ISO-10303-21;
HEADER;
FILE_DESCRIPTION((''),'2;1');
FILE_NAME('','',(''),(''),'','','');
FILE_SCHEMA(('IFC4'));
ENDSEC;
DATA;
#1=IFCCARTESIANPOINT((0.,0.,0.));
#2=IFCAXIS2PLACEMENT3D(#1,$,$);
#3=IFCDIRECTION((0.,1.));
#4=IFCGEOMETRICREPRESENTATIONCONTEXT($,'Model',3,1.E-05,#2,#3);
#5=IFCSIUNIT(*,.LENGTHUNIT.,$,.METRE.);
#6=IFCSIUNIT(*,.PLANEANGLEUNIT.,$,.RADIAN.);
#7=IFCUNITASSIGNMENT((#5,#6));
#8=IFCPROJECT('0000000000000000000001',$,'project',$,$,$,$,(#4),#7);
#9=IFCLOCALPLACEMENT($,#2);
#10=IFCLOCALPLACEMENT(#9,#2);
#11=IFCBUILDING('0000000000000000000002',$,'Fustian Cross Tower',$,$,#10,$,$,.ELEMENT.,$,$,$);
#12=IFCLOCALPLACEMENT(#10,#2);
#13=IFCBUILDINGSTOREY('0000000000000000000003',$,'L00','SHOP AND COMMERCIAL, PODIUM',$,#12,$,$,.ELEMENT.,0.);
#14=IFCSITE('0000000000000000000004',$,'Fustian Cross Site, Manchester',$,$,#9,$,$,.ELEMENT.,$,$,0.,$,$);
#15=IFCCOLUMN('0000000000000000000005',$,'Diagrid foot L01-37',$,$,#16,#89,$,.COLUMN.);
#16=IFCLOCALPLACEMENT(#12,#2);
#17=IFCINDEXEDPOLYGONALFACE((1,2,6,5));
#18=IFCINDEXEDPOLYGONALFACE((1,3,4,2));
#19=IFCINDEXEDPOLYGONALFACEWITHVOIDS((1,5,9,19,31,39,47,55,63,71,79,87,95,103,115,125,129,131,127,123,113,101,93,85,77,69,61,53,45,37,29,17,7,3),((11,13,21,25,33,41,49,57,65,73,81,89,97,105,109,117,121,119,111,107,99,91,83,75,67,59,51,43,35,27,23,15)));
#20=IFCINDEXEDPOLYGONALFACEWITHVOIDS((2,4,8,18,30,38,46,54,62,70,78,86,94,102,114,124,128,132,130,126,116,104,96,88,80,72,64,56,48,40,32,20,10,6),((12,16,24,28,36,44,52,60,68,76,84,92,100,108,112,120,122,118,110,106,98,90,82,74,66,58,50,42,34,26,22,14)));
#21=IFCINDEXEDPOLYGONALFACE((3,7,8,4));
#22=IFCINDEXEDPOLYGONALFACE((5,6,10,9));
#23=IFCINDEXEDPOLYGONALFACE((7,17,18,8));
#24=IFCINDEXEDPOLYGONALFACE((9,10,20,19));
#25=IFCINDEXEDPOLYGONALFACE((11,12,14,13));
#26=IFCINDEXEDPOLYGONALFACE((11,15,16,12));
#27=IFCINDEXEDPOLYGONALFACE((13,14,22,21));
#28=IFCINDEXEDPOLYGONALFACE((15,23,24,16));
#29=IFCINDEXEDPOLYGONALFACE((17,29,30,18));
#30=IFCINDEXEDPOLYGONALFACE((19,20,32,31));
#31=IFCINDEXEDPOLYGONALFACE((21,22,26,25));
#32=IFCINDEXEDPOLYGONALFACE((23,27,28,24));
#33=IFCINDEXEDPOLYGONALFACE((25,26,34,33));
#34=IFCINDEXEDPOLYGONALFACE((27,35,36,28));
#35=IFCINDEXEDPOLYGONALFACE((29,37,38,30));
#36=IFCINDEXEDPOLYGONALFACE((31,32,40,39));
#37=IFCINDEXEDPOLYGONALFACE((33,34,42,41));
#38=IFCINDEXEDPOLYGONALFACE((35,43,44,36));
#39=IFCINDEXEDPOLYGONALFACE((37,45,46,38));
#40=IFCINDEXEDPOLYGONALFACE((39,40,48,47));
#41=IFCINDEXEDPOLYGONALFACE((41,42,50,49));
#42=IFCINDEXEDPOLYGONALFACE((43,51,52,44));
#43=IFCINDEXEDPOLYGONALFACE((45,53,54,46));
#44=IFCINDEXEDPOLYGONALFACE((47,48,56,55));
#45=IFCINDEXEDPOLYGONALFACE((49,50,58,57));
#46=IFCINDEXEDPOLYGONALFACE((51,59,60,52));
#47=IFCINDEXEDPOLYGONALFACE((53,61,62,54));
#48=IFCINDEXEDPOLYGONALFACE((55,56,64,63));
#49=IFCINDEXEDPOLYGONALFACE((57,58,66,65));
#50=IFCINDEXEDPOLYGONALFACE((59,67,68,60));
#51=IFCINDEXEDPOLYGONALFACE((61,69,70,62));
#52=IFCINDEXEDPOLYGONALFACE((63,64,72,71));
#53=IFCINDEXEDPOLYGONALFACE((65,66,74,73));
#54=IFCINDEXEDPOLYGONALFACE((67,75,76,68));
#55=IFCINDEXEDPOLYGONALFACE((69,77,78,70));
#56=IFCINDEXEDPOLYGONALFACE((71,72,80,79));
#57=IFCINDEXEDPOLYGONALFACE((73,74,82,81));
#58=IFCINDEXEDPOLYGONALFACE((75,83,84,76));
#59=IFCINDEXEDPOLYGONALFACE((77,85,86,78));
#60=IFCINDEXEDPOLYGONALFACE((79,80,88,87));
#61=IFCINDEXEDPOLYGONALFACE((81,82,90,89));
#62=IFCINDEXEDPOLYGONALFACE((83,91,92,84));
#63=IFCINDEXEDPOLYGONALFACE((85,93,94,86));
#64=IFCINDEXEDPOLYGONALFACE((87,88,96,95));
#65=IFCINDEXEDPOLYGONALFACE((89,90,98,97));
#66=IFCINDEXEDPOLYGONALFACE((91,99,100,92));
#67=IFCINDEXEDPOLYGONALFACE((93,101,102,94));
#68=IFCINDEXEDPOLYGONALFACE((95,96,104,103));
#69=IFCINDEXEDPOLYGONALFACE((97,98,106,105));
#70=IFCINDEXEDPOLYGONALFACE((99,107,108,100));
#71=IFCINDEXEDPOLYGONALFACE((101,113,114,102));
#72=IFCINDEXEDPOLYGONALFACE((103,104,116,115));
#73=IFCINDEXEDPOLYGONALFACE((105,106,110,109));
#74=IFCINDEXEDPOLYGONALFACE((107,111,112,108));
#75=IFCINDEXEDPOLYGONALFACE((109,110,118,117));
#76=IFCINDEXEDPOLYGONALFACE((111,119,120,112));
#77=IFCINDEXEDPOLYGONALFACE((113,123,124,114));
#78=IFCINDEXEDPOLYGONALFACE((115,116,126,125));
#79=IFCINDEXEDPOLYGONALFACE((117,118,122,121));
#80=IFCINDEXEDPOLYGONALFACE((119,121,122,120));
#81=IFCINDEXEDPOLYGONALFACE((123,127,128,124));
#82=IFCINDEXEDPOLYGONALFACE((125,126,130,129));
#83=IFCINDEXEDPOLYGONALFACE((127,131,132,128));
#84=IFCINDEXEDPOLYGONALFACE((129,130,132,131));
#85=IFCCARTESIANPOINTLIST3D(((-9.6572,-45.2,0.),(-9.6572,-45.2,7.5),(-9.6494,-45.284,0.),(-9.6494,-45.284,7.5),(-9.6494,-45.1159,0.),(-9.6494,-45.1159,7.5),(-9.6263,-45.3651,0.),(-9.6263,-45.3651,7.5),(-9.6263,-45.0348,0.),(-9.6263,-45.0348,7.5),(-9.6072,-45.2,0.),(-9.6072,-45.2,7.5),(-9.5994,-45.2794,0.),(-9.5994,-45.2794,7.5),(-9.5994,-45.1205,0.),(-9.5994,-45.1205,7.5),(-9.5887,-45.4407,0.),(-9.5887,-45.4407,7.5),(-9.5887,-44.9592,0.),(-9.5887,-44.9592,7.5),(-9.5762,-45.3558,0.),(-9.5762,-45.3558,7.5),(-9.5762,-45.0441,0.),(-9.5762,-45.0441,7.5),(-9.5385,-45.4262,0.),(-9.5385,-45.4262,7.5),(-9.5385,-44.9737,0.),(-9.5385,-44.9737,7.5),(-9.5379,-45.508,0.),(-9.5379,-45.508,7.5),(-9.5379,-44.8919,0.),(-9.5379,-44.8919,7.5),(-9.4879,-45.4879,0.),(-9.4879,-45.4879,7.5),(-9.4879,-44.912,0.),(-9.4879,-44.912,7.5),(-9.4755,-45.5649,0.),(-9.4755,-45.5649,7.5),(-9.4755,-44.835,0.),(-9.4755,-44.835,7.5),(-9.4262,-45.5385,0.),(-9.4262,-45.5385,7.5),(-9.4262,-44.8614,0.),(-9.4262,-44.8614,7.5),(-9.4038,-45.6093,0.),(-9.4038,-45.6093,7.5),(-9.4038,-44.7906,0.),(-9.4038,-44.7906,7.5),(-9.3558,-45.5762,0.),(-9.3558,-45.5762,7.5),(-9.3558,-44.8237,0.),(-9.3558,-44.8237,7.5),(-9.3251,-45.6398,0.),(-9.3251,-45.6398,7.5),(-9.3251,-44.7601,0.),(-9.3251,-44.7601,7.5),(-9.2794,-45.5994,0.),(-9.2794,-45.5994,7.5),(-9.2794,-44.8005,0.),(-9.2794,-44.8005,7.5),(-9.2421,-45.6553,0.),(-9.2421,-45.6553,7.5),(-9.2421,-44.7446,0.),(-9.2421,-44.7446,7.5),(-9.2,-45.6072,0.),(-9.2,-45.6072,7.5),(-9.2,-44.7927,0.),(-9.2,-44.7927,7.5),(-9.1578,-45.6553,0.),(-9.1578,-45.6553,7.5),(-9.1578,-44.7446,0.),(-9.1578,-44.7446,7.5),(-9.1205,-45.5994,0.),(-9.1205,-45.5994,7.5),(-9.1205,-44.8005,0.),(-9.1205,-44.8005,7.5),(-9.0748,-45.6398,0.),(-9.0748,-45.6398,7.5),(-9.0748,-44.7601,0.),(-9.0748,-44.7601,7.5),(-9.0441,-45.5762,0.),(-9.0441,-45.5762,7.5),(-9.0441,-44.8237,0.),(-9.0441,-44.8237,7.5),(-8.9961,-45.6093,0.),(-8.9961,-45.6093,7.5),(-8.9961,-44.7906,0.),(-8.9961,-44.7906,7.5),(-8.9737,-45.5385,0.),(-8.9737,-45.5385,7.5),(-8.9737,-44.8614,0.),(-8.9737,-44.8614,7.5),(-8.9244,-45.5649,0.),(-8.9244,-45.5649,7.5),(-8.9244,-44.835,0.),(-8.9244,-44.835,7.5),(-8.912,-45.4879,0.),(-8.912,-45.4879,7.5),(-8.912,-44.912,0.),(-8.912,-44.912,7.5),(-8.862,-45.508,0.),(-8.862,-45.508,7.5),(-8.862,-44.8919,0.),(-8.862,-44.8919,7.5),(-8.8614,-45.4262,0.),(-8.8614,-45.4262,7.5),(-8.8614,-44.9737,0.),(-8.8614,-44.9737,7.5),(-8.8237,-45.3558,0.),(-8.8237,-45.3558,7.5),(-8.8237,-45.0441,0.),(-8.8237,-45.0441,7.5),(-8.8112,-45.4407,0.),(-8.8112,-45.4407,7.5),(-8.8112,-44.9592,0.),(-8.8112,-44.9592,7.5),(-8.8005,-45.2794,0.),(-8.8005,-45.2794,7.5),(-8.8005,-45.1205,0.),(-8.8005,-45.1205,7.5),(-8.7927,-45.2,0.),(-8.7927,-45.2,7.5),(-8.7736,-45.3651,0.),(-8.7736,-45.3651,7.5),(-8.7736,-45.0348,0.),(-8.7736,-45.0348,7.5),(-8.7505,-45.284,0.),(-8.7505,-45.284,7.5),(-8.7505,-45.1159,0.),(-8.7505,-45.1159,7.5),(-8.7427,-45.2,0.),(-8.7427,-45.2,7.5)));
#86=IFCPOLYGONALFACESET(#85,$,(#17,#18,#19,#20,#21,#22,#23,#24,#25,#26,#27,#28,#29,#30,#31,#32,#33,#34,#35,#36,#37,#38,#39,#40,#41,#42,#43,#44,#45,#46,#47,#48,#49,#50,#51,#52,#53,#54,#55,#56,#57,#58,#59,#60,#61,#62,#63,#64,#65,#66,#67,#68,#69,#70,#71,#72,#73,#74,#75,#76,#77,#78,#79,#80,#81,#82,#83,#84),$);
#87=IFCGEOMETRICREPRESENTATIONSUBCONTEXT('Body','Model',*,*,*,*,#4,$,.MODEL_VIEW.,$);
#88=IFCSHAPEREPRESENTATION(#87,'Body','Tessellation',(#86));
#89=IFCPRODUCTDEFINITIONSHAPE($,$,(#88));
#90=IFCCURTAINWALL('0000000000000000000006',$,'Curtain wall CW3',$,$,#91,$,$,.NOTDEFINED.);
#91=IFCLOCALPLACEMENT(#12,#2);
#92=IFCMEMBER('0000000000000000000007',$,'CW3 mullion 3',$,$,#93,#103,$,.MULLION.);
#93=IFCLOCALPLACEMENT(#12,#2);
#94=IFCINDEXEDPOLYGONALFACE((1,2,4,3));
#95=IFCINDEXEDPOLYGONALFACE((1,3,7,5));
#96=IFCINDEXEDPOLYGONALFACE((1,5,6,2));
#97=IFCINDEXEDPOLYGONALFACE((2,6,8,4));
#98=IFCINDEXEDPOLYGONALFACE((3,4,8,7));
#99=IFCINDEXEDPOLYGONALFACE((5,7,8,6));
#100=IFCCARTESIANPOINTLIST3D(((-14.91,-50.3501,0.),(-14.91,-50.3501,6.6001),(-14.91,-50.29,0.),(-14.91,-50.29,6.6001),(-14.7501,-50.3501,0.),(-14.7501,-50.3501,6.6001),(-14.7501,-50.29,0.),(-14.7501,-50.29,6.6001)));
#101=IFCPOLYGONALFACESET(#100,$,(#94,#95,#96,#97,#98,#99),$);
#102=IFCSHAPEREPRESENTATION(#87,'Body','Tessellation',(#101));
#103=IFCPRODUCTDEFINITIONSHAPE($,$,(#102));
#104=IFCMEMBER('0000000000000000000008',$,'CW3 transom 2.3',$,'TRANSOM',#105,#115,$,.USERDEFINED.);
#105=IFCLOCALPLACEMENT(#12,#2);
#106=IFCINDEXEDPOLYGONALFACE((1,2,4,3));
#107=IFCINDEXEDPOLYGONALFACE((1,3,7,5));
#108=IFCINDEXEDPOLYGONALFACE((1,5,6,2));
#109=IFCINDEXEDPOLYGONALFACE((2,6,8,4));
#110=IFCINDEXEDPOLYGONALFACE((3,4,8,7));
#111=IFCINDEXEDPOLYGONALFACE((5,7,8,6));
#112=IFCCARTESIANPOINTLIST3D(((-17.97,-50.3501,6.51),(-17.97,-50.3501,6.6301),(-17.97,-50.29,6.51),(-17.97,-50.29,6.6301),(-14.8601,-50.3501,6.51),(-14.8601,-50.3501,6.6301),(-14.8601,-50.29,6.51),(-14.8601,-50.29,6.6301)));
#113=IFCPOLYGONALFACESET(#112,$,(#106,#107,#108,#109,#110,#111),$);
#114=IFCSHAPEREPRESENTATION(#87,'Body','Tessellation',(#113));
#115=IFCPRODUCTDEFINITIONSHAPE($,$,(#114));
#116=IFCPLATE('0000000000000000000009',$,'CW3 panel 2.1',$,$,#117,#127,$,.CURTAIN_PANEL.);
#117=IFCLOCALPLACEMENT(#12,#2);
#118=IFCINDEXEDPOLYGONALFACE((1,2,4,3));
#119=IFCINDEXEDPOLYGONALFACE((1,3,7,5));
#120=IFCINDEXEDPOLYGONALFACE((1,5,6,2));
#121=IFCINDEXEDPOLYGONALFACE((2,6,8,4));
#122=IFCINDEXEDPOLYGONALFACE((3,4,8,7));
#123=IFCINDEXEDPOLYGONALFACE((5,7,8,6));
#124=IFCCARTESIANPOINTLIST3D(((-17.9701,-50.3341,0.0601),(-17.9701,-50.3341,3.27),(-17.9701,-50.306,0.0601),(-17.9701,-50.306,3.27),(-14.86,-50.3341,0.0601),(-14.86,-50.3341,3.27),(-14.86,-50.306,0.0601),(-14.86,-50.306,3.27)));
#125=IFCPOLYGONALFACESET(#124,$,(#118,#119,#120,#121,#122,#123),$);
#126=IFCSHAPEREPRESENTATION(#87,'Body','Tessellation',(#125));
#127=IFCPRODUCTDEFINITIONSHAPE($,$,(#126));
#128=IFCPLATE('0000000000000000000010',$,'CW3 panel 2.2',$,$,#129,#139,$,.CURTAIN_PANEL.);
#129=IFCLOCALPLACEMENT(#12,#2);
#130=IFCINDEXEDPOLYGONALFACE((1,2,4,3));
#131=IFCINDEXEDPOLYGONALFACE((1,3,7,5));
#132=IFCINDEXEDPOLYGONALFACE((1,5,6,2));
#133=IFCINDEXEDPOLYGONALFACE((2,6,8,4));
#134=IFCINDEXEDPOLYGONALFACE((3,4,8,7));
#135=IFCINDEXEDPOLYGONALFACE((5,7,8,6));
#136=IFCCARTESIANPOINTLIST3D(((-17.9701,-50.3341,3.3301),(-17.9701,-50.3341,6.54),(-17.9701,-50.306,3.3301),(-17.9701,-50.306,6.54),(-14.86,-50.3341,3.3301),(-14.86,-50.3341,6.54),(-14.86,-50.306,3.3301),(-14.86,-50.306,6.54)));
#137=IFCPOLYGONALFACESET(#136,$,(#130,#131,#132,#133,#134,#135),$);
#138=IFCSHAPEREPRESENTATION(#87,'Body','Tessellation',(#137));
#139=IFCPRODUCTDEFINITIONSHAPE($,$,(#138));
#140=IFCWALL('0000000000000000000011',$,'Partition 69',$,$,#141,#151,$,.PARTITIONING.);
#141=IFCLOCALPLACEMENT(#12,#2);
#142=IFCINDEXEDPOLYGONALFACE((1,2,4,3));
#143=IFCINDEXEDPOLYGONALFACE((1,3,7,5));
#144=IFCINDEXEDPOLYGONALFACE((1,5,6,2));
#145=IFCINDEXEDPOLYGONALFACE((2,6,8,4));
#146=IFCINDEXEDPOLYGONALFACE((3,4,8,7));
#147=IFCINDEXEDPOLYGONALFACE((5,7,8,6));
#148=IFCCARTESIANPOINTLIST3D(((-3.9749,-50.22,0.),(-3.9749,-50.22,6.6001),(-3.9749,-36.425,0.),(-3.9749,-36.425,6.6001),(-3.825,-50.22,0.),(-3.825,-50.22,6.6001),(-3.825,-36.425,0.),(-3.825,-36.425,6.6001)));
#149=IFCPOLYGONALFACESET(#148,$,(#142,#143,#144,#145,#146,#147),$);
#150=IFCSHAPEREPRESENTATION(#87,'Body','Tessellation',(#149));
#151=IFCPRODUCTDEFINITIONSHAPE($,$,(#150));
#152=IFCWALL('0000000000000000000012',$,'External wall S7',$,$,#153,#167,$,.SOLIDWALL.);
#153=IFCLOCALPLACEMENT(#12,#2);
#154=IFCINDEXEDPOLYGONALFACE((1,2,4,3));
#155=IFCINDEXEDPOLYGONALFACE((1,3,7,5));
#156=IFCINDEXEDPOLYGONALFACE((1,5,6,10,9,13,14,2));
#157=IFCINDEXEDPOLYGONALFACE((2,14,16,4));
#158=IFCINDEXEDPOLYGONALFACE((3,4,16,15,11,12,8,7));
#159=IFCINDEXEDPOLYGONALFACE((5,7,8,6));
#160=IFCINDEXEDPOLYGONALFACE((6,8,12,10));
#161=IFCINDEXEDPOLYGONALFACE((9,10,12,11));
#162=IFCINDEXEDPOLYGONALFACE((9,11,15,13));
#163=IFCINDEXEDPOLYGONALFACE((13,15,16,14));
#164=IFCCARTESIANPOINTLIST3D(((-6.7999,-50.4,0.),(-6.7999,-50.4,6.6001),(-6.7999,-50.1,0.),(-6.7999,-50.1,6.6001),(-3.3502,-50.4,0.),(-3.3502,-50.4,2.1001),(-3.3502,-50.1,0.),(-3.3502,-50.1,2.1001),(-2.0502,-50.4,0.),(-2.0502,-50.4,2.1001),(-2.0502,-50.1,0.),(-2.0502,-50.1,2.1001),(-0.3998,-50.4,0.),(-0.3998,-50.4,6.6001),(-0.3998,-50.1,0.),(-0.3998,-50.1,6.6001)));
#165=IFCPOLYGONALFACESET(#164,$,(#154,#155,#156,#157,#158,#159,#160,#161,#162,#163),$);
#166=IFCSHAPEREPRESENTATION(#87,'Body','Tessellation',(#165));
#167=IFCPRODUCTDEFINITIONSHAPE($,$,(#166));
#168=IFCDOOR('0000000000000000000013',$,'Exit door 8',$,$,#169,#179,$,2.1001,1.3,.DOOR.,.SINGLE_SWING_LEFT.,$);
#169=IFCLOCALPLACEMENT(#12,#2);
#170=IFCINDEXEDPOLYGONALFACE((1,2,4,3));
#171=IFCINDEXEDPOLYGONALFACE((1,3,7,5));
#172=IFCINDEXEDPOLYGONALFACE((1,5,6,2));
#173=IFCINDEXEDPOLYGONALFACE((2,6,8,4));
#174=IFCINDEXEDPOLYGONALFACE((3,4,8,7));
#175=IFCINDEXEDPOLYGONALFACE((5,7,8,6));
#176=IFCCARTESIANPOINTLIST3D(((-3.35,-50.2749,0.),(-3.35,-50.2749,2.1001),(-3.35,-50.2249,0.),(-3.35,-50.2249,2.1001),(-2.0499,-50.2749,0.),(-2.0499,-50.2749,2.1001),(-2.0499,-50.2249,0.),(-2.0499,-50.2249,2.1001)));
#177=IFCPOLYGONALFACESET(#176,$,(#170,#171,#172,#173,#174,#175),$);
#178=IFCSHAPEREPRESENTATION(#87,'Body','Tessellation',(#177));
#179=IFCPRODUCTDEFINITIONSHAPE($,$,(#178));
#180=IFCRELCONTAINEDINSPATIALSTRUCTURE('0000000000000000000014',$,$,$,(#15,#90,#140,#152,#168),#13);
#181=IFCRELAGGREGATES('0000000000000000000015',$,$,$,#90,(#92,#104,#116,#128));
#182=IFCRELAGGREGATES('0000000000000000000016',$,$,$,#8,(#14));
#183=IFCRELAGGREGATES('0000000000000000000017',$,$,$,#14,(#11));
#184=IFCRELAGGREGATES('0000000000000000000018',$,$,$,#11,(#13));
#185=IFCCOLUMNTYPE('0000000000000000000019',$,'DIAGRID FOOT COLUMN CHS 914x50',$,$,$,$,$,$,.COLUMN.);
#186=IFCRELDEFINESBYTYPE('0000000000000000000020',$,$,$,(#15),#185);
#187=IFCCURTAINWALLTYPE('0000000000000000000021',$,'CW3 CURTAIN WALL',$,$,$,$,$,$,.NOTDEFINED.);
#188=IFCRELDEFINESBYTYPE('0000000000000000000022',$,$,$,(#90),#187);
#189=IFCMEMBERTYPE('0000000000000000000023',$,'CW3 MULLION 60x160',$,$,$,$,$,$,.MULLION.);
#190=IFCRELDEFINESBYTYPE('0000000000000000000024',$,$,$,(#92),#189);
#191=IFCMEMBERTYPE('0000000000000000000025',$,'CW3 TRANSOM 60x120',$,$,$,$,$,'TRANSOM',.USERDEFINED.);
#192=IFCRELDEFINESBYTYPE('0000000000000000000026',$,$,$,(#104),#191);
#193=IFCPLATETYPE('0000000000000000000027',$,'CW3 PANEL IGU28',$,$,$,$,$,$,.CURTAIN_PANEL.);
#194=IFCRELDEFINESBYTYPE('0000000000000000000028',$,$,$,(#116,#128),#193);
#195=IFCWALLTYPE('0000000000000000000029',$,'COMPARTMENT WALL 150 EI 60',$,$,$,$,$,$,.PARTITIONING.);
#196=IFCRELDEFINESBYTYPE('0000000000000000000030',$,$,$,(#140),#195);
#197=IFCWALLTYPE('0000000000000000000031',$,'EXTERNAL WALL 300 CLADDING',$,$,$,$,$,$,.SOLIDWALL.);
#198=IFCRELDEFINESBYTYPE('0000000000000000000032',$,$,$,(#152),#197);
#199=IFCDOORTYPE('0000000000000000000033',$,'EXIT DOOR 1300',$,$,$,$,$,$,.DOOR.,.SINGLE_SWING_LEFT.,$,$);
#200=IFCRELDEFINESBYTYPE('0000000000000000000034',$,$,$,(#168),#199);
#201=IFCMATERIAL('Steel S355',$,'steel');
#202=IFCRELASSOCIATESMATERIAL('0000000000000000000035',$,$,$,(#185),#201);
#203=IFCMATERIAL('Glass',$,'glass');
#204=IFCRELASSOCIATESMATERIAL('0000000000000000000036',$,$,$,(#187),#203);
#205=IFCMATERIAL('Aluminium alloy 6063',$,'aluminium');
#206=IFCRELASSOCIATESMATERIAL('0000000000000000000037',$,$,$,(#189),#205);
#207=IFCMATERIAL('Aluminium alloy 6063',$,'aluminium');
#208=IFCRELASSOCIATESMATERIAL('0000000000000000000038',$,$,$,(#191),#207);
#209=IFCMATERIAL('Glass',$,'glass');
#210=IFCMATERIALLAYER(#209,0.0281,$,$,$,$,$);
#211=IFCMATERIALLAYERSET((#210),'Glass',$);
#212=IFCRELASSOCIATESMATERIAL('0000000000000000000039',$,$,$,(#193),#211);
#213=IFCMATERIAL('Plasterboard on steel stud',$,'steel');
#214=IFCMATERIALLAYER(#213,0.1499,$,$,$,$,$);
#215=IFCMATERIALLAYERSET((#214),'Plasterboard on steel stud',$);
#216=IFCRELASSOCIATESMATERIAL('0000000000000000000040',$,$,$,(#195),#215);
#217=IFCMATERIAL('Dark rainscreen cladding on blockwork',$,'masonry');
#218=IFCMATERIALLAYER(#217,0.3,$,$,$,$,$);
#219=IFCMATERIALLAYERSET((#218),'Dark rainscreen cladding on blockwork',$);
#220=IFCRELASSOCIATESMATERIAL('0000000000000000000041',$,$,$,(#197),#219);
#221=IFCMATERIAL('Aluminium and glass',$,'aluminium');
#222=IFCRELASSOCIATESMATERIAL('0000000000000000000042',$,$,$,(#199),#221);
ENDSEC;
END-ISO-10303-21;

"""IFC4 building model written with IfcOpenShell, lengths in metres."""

from ifc_helpers import new_model, si_unit, direction, frame, frame_2d, origin, origin_2d, place, context, subcontext, project, spatial, rectangle, hollow_circle, extrude, material, layer, layer_set, material_profile, profile_set, type_object, element, fill, aggregate, save


model = new_model("IFC4")

# Units and contexts
model_context = context("Model", 3, precision=1e-05, world=origin(), true_north=direction((0.0, 1.0)))
body_context = subcontext(model_context, "Body", "Model", "MODEL_VIEW")
ifc_project = project(units=[si_unit("LENGTHUNIT", "METRE"), si_unit("PLANEANGLEUNIT", "RADIAN")], contexts=[model_context])

# Site, building, storey
site_placement = place(None, origin())
site = spatial("IfcSite", under=ifc_project, at=site_placement, Name="Fustian Cross Site, Manchester", CompositionType="ELEMENT", RefElevation=0.0)
building_placement = place(site_placement, origin())
building = spatial("IfcBuilding", under=site, at=building_placement, Name="Fustian Cross Tower", CompositionType="ELEMENT")
storey_placement = place(building_placement, origin())
storey = spatial("IfcBuildingStorey", under=building, at=storey_placement, Name="L00", Description="SHOP AND COMMERCIAL, PODIUM", CompositionType="ELEMENT", Elevation=0.0)

# Column
ifc_material_1 = material(Name="Steel S355", Category="steel")
ifc_material_profile_1 = material_profile(ifc_material_1, hollow_circle(Radius=0.4573, WallThickness=0.05, at=origin_2d()), Name="CHS 914x50")
ifc_profile_set_1 = profile_set([ifc_material_profile_1], Name="Steel S355")
column_type_1 = type_object("IfcColumnType", Name="DIAGRID FOOT COLUMN CHS 914x50", PredefinedType="COLUMN", material=ifc_profile_set_1)
for number, where, z_axis, x_axis, name in (
    (1, (-9.2, -45.2, 0.0), (0.0, 0.0, 1.0), (1.0, 0.0, 0.0), "Diagrid foot L01-37"),
):
    element("IfcColumn", number, at=place(storey_placement, frame(where, z_axis=z_axis, x_axis=x_axis)), inside=storey, type_object=column_type_1, Name=name, PredefinedType="COLUMN", context=body_context, shape_type="SweptSolid", body=[
        extrude(hollow_circle(Radius=0.4573, WallThickness=0.05, at=origin_2d()), origin(), (0.0, 0.0, 1.0), 7.5),
    ])

# Curtain wall, members, plates
ifc_material_2 = material(Name="Glass", Category="glass")
curtain_wall_type = type_object("IfcCurtainWallType", Name="CW3 CURTAIN WALL", PredefinedType="NOTDEFINED", material=ifc_material_2)
curtain_wall_placement = place(storey_placement, origin())
curtain_wall = element("IfcCurtainWall", 2, at=curtain_wall_placement, inside=storey, type_object=curtain_wall_type, Name="Curtain wall CW3", PredefinedType="NOTDEFINED")
ifc_material_3 = material(Name="Aluminium alloy 6063", Category="aluminium")
ifc_material_profile_2 = material_profile(ifc_material_3, rectangle(XDim=0.0601, YDim=0.1599, at=origin_2d()), Name="CW3 MULLION 60x160")
ifc_profile_set_2 = profile_set([ifc_material_profile_2], Name="Aluminium alloy 6063")
member_type_1 = type_object("IfcMemberType", Name="CW3 MULLION 60x160", PredefinedType="MULLION", material=ifc_profile_set_2)
member_1_placement = place(storey_placement, frame((-14.8301, -50.3201, 0.0), z_axis=(0.0, 0.0, 1.0), x_axis=(0.0, 1.0, 0.0)))
member_1 = element("IfcMember", 3, at=member_1_placement, type_object=member_type_1, Name="CW3 mullion 3", PredefinedType="MULLION", context=body_context, shape_type="SweptSolid", body=[
    extrude(rectangle(XDim=0.0601, YDim=0.1599, at=origin_2d()), origin(), (0.0, 0.0, 1.0), 6.6001),
])
ifc_material_4 = material(Name="Aluminium alloy 6063", Category="aluminium")
ifc_material_profile_3 = material_profile(ifc_material_4, rectangle(XDim=0.0601, YDim=0.1201, at=origin_2d()), Name="CW3 TRANSOM 60x120")
ifc_profile_set_3 = profile_set([ifc_material_profile_3], Name="Aluminium alloy 6063")
member_type_2 = type_object("IfcMemberType", Name="CW3 TRANSOM 60x120", ElementType="TRANSOM", PredefinedType="USERDEFINED", material=ifc_profile_set_3)
member_2_placement = place(storey_placement, frame((-17.97, -50.3201, 6.5701), z_axis=(1.0, 0.0, 0.0), x_axis=(0.0, 1.0, 0.0)))
member_2 = element("IfcMember", 4, at=member_2_placement, type_object=member_type_2, Name="CW3 transom 2.3", ObjectType="TRANSOM", PredefinedType="USERDEFINED", context=body_context, shape_type="SweptSolid", body=[
    extrude(rectangle(XDim=0.0601, YDim=0.1201, at=origin_2d()), origin(), (0.0, 0.0, 1.0), 3.1099),
])
ifc_material_5 = material(Name="Glass", Category="glass")
ifc_layer_1 = layer(ifc_material_5, 0.0281)
ifc_layer_set_1 = layer_set([ifc_layer_1], Name="Glass")
plate_type = type_object("IfcPlateType", Name="CW3 PANEL IGU28", PredefinedType="CURTAIN_PANEL", material=ifc_layer_set_1)
plate_1_placement = place(storey_placement, frame((-16.415, -50.3201, 0.0601), z_axis=(0.0, 0.0, 1.0), x_axis=(1.0, 0.0, 0.0)))
plate_1 = element("IfcPlate", 5, at=plate_1_placement, type_object=plate_type, Name="CW3 panel 2.1", PredefinedType="CURTAIN_PANEL", context=body_context, shape_type="SweptSolid", body=[
    extrude(rectangle(XDim=3.1101, YDim=0.0281, at=origin_2d()), origin(), (0.0, 0.0, 1.0), 3.21),
])
plate_2_placement = place(storey_placement, frame((-16.415, -50.3201, 3.3301), z_axis=(0.0, 0.0, 1.0), x_axis=(1.0, 0.0, 0.0)))
plate_2 = element("IfcPlate", 6, at=plate_2_placement, type_object=plate_type, Name="CW3 panel 2.2", PredefinedType="CURTAIN_PANEL", context=body_context, shape_type="SweptSolid", body=[
    extrude(rectangle(XDim=3.1101, YDim=0.0281, at=origin_2d()), origin(), (0.0, 0.0, 1.0), 3.21),
])
aggregate(curtain_wall, [member_1, member_2, plate_1, plate_2])

# Wall
ifc_material_6 = material(Name="Plasterboard on steel stud", Category="steel")
ifc_layer_2 = layer(ifc_material_6, 0.1499)
ifc_layer_set_2 = layer_set([ifc_layer_2], Name="Plasterboard on steel stud")
wall_type_1 = type_object("IfcWallType", Name="COMPARTMENT WALL 150 EI 60", PredefinedType="PARTITIONING", material=ifc_layer_set_2)
wall_1_placement = place(storey_placement, frame((-3.8999, -50.22, 0.0), z_axis=(0.0, 0.0, 1.0), x_axis=(0.0, 1.0, 0.0)))
element("IfcWall", 7, at=wall_1_placement, inside=storey, type_object=wall_type_1, Name="Partition 69", PredefinedType="PARTITIONING", context=body_context, shape_type="SweptSolid", body=[
    extrude(rectangle(XDim=13.7949, YDim=0.1499, at=frame_2d((6.8975, 0.0))), origin(), (0.0, 0.0, 1.0), 6.6001),
])

# Shared definitions
ifc_material_7 = material(Name="Dark rainscreen cladding on blockwork", Category="masonry")
ifc_layer_3 = layer(ifc_material_7, 0.3)
ifc_layer_set_3 = layer_set([ifc_layer_3], Name="Dark rainscreen cladding on blockwork")
wall_type_2 = type_object("IfcWallType", Name="EXTERNAL WALL 300 CLADDING", PredefinedType="SOLIDWALL", material=ifc_layer_set_3)

# Wall, opening, door
wall_2_placement = place(storey_placement, frame((-6.8, -50.25, 0.0), z_axis=(0.0, 0.0, 1.0), x_axis=(1.0, 0.0, 0.0)))
wall_2 = element("IfcWall", 8, at=wall_2_placement, inside=storey, type_object=wall_type_2, Name="External wall S7", PredefinedType="SOLIDWALL", context=body_context, shape_type="SweptSolid", body=[
    extrude(rectangle(XDim=6.4001, YDim=0.3, at=frame_2d((3.2002, 0.0))), origin(), (0.0, 0.0, 1.0), 6.6001),
])
opening_1_placement = place(wall_2_placement, frame((3.45, 0.0, 0.0)))
opening_1 = element("IfcOpeningElement", 9, at=opening_1_placement, cuts=wall_2, PredefinedType="OPENING", context=body_context, shape_type="SweptSolid", body=[
    extrude(rectangle(XDim=1.3, YDim=2.1001, at=frame_2d((0.6499, 1.05))), frame((0.0, 0.1599, 0.0), z_axis=(0.0, -1.0, 0.0), x_axis=(1.0, 0.0, 0.0)), (0.0, 0.0, 1.0), 0.3201),
])
ifc_material_8 = material(Name="Aluminium and glass", Category="aluminium")
door_type_1 = type_object("IfcDoorType", Name="EXIT DOOR 1300", OperationType="SINGLE_SWING_LEFT", PredefinedType="DOOR", material=ifc_material_8)
door_1_placement = place(opening_1_placement, frame((1.3, 0.0, 0.0), z_axis=(0.0, 0.0, 1.0), x_axis=(-1.0, 0.0, 0.0)))
door_1 = element("IfcDoor", 10, at=door_1_placement, inside=storey, type_object=door_type_1, Name="Exit door 8", OperationType="SINGLE_SWING_LEFT", OverallHeight=2.1001, OverallWidth=1.3, PredefinedType="DOOR", context=body_context, shape_type="SweptSolid", body=[
    extrude(rectangle(XDim=1.3, YDim=2.1001, at=frame_2d((0.6499, 1.05))), frame((0.0, 0.0249, 0.0), z_axis=(0.0, -1.0, 0.0), x_axis=(1.0, 0.0, 0.0)), (0.0, 0.0, 1.0), 0.05),
])
fill(opening_1, door_1)

save(model, "model.ifc")
